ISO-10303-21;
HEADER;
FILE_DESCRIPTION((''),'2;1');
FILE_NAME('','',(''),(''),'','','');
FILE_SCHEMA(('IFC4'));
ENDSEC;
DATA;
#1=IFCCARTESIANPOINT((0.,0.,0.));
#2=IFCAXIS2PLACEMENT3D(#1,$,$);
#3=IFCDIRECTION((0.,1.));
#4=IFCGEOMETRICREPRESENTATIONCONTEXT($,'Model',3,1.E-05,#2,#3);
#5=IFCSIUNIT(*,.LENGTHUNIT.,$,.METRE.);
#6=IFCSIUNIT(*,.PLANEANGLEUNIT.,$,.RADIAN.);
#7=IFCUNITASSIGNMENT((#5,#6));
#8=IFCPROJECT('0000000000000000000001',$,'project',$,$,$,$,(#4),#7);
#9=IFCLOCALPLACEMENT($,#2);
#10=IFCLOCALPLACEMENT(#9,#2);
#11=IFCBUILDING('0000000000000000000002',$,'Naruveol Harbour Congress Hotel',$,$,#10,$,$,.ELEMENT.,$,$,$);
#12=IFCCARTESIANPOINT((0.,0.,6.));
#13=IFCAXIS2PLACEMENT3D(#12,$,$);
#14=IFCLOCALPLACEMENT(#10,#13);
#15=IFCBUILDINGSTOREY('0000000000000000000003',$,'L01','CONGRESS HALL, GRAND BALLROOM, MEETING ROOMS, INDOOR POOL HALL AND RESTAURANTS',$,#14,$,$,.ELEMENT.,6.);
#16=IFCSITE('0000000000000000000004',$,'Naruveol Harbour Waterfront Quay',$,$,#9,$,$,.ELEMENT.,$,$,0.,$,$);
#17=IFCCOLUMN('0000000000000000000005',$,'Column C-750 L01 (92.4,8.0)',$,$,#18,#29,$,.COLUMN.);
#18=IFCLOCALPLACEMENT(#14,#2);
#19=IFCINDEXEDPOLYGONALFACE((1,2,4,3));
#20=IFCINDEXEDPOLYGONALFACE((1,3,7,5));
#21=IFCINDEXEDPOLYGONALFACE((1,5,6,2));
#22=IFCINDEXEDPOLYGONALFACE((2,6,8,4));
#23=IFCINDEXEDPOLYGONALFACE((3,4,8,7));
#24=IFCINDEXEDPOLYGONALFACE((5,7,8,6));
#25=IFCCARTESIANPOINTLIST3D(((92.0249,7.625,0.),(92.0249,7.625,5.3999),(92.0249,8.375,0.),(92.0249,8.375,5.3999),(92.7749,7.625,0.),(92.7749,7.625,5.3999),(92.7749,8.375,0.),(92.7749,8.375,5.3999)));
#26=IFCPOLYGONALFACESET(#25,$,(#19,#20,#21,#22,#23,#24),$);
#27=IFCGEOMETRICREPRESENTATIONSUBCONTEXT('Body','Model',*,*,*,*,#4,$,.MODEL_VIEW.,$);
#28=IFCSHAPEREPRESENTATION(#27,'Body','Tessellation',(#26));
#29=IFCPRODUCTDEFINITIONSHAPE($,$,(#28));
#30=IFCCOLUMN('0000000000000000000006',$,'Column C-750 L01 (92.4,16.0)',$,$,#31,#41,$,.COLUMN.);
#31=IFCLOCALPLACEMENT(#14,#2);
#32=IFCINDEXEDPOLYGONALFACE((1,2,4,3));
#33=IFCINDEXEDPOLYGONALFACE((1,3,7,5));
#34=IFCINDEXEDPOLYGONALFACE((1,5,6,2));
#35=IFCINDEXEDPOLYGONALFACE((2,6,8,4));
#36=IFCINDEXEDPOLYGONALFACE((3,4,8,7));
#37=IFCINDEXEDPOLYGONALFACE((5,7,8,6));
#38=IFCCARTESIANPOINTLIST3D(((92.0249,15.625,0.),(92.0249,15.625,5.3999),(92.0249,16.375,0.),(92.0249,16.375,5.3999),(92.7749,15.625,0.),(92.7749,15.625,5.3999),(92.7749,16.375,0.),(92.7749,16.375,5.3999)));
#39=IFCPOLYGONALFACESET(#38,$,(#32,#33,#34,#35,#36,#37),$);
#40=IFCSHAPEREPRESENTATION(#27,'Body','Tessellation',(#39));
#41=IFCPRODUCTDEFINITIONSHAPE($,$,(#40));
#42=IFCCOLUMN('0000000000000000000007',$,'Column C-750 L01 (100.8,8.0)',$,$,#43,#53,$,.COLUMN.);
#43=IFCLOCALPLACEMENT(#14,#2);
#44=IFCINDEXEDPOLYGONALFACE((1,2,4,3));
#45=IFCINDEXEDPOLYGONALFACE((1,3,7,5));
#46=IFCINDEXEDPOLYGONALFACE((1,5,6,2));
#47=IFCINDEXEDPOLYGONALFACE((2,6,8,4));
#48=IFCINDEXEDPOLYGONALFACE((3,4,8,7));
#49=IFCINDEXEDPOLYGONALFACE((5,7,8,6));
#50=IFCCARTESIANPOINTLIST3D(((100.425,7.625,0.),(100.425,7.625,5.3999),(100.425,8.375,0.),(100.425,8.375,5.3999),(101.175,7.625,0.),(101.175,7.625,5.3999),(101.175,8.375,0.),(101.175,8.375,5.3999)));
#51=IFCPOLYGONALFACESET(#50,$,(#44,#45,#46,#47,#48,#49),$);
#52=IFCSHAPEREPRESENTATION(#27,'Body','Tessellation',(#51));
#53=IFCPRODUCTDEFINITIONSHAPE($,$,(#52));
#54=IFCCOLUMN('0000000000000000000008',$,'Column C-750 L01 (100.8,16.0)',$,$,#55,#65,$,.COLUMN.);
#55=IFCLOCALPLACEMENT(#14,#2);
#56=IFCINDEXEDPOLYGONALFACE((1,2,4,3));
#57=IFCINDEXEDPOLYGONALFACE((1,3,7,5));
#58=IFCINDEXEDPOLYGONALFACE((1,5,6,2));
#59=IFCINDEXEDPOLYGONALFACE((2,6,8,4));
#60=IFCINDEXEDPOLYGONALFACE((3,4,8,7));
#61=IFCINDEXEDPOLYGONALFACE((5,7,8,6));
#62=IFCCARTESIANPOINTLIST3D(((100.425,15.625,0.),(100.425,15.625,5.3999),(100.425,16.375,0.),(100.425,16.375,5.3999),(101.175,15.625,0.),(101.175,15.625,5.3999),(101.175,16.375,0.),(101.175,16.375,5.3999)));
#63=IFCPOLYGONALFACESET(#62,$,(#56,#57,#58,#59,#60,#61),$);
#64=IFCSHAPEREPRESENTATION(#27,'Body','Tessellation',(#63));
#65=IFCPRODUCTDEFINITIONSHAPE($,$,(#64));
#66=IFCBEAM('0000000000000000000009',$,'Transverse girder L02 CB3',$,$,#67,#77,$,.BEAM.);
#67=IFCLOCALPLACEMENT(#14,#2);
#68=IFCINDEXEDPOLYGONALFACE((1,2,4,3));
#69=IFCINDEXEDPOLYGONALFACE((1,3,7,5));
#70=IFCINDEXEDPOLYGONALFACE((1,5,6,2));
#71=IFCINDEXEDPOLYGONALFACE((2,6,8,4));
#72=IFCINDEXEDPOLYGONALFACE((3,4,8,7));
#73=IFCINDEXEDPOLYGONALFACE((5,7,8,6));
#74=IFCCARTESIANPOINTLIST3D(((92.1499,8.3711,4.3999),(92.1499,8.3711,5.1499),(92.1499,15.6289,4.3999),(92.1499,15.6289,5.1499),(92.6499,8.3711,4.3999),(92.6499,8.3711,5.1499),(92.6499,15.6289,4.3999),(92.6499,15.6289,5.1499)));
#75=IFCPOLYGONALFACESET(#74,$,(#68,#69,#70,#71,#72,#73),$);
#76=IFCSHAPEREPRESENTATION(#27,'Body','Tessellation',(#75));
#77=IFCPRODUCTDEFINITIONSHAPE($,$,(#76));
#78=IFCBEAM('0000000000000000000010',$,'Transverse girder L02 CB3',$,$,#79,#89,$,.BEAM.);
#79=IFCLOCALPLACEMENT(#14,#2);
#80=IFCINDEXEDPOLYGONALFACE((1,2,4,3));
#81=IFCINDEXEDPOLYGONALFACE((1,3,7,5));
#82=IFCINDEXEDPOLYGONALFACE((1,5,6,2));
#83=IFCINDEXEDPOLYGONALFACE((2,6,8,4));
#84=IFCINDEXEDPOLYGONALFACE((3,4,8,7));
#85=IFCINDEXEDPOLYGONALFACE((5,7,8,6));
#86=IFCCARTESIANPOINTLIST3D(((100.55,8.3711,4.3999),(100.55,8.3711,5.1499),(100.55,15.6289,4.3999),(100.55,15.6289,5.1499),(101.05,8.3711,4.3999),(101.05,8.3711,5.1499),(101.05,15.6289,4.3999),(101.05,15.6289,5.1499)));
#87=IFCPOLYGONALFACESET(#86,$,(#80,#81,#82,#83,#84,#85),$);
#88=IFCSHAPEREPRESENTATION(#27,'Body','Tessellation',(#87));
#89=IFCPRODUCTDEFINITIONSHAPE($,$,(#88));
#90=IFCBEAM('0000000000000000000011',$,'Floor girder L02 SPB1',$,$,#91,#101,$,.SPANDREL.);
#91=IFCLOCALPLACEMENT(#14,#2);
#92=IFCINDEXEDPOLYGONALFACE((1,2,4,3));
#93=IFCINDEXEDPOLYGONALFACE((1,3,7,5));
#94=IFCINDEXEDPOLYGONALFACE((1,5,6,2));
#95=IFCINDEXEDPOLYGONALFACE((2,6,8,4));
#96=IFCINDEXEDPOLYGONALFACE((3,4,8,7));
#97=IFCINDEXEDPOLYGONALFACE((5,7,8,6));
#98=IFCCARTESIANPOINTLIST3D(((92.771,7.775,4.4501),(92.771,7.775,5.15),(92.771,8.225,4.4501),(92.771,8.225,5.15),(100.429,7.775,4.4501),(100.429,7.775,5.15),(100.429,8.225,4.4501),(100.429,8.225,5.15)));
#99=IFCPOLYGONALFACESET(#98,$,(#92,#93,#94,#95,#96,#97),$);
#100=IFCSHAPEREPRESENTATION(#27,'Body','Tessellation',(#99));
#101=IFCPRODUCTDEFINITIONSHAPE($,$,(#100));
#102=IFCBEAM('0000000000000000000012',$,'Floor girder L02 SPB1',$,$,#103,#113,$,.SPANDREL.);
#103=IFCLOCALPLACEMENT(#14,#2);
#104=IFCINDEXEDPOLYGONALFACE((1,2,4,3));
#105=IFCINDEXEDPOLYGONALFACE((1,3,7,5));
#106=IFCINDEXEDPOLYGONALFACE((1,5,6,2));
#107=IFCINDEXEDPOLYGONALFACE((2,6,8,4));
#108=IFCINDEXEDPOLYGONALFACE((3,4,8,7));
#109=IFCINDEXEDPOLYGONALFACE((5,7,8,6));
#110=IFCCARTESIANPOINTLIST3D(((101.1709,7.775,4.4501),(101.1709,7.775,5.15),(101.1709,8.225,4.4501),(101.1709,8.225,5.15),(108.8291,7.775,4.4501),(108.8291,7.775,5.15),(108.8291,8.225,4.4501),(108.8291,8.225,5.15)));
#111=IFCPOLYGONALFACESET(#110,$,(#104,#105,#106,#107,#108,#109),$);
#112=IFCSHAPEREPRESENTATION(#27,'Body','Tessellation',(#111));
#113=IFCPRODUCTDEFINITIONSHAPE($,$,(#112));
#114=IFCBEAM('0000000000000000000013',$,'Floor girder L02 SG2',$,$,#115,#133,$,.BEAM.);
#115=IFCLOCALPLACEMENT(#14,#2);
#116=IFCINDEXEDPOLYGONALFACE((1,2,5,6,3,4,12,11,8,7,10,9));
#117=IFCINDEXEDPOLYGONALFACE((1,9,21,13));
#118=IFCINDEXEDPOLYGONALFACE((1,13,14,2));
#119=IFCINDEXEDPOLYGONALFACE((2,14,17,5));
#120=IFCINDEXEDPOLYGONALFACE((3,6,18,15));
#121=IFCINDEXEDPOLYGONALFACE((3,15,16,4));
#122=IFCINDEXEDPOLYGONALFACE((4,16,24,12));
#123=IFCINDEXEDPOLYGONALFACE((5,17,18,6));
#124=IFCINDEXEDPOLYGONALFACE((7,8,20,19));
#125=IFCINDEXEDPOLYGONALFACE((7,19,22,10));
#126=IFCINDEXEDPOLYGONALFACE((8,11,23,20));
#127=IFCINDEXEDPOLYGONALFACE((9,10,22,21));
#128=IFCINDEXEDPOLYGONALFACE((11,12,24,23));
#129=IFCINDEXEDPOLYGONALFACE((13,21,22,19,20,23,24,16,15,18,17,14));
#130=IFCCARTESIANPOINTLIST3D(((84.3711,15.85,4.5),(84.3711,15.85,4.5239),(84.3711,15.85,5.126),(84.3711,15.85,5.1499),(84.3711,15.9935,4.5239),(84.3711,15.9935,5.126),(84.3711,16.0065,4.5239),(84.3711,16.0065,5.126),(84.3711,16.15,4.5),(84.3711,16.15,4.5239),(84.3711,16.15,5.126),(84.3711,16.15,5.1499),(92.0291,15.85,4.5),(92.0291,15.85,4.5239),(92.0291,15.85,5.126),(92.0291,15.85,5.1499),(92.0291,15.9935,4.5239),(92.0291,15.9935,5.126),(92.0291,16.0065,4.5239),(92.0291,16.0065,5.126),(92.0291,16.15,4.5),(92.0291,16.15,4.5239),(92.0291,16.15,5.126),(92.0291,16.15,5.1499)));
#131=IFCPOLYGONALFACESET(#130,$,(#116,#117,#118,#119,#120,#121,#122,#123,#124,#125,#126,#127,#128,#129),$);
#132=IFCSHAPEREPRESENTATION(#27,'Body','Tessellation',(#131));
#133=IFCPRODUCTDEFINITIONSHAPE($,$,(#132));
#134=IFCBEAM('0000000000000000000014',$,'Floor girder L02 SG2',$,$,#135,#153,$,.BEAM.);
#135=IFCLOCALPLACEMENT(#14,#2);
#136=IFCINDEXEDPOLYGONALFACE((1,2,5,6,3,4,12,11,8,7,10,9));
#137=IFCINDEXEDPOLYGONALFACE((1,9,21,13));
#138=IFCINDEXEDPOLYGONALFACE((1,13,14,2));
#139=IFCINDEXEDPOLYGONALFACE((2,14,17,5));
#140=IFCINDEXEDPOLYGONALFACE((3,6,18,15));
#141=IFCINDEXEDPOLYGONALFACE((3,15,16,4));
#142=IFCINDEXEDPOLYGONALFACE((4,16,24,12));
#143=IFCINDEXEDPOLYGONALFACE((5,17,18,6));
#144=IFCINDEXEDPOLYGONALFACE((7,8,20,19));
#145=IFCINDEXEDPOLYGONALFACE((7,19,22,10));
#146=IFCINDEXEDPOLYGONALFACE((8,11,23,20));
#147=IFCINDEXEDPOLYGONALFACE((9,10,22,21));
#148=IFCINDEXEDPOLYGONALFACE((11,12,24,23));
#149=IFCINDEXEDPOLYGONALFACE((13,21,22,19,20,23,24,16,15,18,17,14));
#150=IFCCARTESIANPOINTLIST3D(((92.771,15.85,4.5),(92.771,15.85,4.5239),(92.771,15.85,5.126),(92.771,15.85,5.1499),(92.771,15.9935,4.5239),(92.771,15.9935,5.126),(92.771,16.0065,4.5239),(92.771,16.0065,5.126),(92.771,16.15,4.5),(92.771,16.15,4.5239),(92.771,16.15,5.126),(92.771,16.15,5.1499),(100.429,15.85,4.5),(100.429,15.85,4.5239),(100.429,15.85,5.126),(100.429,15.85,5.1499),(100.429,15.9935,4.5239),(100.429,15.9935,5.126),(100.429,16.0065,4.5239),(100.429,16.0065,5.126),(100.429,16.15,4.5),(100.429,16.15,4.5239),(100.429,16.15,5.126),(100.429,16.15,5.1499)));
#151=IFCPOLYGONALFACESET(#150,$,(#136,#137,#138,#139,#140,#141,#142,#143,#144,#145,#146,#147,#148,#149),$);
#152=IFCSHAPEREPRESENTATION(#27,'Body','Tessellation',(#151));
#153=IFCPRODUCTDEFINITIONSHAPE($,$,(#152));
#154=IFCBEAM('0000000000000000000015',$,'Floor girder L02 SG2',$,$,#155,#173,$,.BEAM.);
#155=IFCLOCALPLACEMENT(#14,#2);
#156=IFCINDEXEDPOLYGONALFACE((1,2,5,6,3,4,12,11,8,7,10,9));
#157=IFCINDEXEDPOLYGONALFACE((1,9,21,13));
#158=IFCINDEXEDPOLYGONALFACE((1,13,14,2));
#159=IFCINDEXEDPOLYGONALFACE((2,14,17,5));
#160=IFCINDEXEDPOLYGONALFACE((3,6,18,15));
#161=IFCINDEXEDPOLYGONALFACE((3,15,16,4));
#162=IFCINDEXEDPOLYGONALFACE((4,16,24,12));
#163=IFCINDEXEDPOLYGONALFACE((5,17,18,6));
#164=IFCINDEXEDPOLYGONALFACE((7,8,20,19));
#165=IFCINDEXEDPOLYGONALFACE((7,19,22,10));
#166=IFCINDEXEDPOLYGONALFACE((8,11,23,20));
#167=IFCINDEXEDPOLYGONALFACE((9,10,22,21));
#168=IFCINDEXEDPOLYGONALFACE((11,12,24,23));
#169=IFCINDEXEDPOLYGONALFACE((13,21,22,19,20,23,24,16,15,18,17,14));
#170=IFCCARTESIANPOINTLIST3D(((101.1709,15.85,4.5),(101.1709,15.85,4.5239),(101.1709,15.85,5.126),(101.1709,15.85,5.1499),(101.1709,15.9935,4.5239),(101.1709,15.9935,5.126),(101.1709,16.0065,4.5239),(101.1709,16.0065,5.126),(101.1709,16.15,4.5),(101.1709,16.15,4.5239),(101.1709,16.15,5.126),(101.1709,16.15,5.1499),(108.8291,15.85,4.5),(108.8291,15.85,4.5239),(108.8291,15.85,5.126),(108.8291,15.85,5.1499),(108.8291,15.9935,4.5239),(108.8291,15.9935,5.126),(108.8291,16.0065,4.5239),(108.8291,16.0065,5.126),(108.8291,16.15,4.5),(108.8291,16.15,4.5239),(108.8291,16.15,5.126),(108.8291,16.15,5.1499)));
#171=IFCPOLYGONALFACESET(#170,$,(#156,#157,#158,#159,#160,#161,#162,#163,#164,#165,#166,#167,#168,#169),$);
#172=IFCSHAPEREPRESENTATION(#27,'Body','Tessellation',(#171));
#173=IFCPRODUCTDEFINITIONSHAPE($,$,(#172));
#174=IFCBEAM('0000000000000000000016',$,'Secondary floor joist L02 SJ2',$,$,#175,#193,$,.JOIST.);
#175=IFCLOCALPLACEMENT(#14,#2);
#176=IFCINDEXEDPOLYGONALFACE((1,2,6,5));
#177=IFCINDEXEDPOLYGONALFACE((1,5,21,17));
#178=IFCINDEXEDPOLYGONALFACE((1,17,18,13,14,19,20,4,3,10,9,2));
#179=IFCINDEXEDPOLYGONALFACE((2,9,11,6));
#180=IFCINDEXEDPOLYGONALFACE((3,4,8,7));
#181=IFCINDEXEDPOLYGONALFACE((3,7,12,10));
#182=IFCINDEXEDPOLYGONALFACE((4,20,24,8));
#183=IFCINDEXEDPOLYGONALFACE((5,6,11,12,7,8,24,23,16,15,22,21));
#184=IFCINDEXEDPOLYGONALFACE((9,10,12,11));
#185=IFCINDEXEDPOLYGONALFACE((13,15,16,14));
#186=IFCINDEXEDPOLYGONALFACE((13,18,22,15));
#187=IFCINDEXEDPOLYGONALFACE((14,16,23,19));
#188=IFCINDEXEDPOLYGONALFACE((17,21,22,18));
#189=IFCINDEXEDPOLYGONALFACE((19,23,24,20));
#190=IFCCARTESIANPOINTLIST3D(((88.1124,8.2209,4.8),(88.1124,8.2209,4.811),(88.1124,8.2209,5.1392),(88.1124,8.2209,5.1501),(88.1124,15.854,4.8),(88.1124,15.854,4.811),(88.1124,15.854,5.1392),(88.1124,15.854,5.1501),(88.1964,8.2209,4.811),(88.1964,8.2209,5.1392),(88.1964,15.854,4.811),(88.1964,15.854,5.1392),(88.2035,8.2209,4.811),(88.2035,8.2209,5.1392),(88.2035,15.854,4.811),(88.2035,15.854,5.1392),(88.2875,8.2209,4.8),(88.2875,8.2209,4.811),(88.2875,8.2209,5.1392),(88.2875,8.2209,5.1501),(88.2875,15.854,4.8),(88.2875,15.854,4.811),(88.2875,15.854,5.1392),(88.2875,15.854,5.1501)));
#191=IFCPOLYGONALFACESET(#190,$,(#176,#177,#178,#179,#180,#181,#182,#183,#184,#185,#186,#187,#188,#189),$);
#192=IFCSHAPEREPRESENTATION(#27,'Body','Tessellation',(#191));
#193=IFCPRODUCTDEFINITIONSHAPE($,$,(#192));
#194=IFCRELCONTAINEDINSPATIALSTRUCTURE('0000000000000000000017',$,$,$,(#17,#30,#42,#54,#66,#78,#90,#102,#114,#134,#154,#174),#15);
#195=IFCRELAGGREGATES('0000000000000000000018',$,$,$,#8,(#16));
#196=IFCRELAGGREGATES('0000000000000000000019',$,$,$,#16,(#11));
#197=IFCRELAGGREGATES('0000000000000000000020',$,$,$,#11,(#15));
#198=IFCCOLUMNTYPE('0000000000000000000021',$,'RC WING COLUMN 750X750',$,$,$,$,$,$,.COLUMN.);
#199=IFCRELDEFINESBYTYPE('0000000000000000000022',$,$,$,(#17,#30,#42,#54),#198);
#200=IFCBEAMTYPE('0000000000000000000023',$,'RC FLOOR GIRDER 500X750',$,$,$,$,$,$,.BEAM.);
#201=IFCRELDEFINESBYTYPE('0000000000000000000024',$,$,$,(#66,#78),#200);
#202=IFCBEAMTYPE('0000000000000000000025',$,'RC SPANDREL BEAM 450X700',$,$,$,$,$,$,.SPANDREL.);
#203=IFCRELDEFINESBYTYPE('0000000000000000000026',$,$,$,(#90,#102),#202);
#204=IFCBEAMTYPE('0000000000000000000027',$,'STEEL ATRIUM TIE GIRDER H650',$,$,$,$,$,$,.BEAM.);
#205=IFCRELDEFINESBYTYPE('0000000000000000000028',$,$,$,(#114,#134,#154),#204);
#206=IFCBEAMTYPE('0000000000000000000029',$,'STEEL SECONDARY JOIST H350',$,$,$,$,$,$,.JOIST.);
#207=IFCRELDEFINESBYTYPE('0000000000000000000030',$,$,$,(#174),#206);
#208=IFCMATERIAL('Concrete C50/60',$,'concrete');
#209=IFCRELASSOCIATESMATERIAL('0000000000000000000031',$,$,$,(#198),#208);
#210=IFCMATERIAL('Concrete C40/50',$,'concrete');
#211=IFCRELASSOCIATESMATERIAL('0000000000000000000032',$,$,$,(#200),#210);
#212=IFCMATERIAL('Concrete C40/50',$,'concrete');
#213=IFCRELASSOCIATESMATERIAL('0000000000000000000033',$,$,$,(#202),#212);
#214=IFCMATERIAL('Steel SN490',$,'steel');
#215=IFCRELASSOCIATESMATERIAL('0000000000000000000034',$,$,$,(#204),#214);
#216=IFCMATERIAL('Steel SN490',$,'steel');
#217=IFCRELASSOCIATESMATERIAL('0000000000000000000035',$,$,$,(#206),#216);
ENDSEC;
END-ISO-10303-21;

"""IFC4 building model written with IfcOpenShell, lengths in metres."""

from ifc_helpers import new_model, si_unit, direction, frame, origin, origin_2d, place, context, subcontext, project, spatial, rectangle, i_section, extrude, material, material_profile, profile_set, type_object, element, save


model = new_model("IFC4")

# Units and contexts
model_context = context("Model", 3, precision=1e-05, world=origin(), true_north=direction((0.0, 1.0)))
body_context = subcontext(model_context, "Body", "Model", "MODEL_VIEW")
ifc_project = project(units=[si_unit("LENGTHUNIT", "METRE"), si_unit("PLANEANGLEUNIT", "RADIAN")], contexts=[model_context])

# Site, building, storey
site_placement = place(None, origin())
site = spatial("IfcSite", under=ifc_project, at=site_placement, Name="Naruveol Harbour Waterfront Quay", CompositionType="ELEMENT", RefElevation=0.0)
building_placement = place(site_placement, origin())
building = spatial("IfcBuilding", under=site, at=building_placement, Name="Naruveol Harbour Congress Hotel", CompositionType="ELEMENT")
storey_placement = place(building_placement, frame((0.0, 0.0, 6.0)))
storey = spatial("IfcBuildingStorey", under=building, at=storey_placement, Name="L01", Description="CONGRESS HALL, GRAND BALLROOM, MEETING ROOMS, INDOOR POOL HALL AND RESTAURANTS", CompositionType="ELEMENT", Elevation=6.0)

# Columns
ifc_material_1 = material(Name="Concrete C50/60", Category="concrete")
ifc_material_profile_1 = material_profile(ifc_material_1, rectangle(XDim=0.75, YDim=0.75, at=origin_2d()), Name="RC-750x750")
ifc_profile_set_1 = profile_set([ifc_material_profile_1], Name="Concrete C50/60")
column_type = type_object("IfcColumnType", Name="RC WING COLUMN 750X750", PredefinedType="COLUMN", material=ifc_profile_set_1)
for number, where, z_axis, x_axis, name in (
    (1, (92.3999, 8.0, 0.0), (0.0, 0.0, 1.0), (1.0, 0.0, 0.0), "Column C-750 L01 (92.4,8.0)"),
    (2, (92.3999, 16.0, 0.0), (0.0, 0.0, 1.0), (1.0, 0.0, 0.0), "Column C-750 L01 (92.4,16.0)"),
    (3, (100.8, 8.0, 0.0), (0.0, 0.0, 1.0), (1.0, 0.0, 0.0), "Column C-750 L01 (100.8,8.0)"),
    (4, (100.8, 16.0, 0.0), (0.0, 0.0, 1.0), (1.0, 0.0, 0.0), "Column C-750 L01 (100.8,16.0)"),
):
    element("IfcColumn", number, at=place(storey_placement, frame(where, z_axis=z_axis, x_axis=x_axis)), inside=storey, type_object=column_type, Name=name, PredefinedType="COLUMN", context=body_context, shape_type="SweptSolid", body=[
        extrude(rectangle(XDim=0.75, YDim=0.75, at=origin_2d()), origin(), (0.0, 0.0, 1.0), 5.3999),
    ])

# Beams
ifc_material_2 = material(Name="Concrete C40/50", Category="concrete")
ifc_material_profile_2 = material_profile(ifc_material_2, rectangle(XDim=0.5, YDim=0.75, at=origin_2d()), Name="RCB-500x750")
ifc_profile_set_2 = profile_set([ifc_material_profile_2], Name="Concrete C40/50")
beam_type_1 = type_object("IfcBeamType", Name="RC FLOOR GIRDER 500X750", PredefinedType="BEAM", material=ifc_profile_set_2)
for number, where, z_axis, x_axis, name in (
    (5, (92.3999, 8.3711, 4.7749), (0.0, 1.0, 0.0), (-1.0, 0.0, 0.0), "Transverse girder L02 CB3"),
    (6, (100.8, 8.3711, 4.7749), (0.0, 1.0, 0.0), (-1.0, 0.0, 0.0), "Transverse girder L02 CB3"),
):
    element("IfcBeam", number, at=place(storey_placement, frame(where, z_axis=z_axis, x_axis=x_axis)), inside=storey, type_object=beam_type_1, Name=name, PredefinedType="BEAM", context=body_context, shape_type="SweptSolid", body=[
        extrude(rectangle(XDim=0.5, YDim=0.75, at=origin_2d()), origin(), (0.0, 0.0, 1.0), 7.2578),
    ])
ifc_material_3 = material(Name="Concrete C40/50", Category="concrete")
ifc_material_profile_3 = material_profile(ifc_material_3, rectangle(XDim=0.45, YDim=0.7, at=origin_2d()), Name="RCB-450x700")
ifc_profile_set_3 = profile_set([ifc_material_profile_3], Name="Concrete C40/50")
beam_type_2 = type_object("IfcBeamType", Name="RC SPANDREL BEAM 450X700", PredefinedType="SPANDREL", material=ifc_profile_set_3)
beam_1_placement = place(storey_placement, frame((92.771, 8.0, 4.8), z_axis=(1.0, 0.0, 0.0), x_axis=(0.0, 1.0, 0.0)))
element("IfcBeam", 7, at=beam_1_placement, inside=storey, type_object=beam_type_2, Name="Floor girder L02 SPB1", PredefinedType="SPANDREL", context=body_context, shape_type="SweptSolid", body=[
    extrude(rectangle(XDim=0.45, YDim=0.7, at=origin_2d()), origin(), (0.0, 0.0, 1.0), 7.658),
])
beam_2_placement = place(storey_placement, frame((101.1709, 8.0, 4.8), z_axis=(1.0, 0.0, 0.0), x_axis=(0.0, 1.0, 0.0)))
element("IfcBeam", 8, at=beam_2_placement, inside=storey, type_object=beam_type_2, Name="Floor girder L02 SPB1", PredefinedType="SPANDREL", context=body_context, shape_type="SweptSolid", body=[
    extrude(rectangle(XDim=0.45, YDim=0.7, at=origin_2d()), origin(), (0.0, 0.0, 1.0), 7.6582),
])
ifc_material_4 = material(Name="Steel SN490", Category="steel")
ifc_material_profile_4 = material_profile(ifc_material_4, i_section(OverallWidth=0.3, OverallDepth=0.6499, WebThickness=0.0129, FlangeThickness=0.0239, at=origin_2d()), Name="H-650x300x13x24")
ifc_profile_set_4 = profile_set([ifc_material_profile_4], Name="Steel SN490")
beam_type_3 = type_object("IfcBeamType", Name="STEEL ATRIUM TIE GIRDER H650", PredefinedType="BEAM", material=ifc_profile_set_4)
for number, where, z_axis, x_axis, name in (
    (9, (84.3711, 16.0, 4.825), (1.0, 0.0, 0.0), (0.0, 1.0, 0.0), "Floor girder L02 SG2"),
    (10, (92.771, 16.0, 4.825), (1.0, 0.0, 0.0), (0.0, 1.0, 0.0), "Floor girder L02 SG2"),
):
    element("IfcBeam", number, at=place(storey_placement, frame(where, z_axis=z_axis, x_axis=x_axis)), inside=storey, type_object=beam_type_3, Name=name, PredefinedType="BEAM", context=body_context, shape_type="SweptSolid", body=[
        extrude(i_section(OverallWidth=0.3, OverallDepth=0.6499, WebThickness=0.0129, FlangeThickness=0.0239, at=origin_2d()), origin(), (0.0, 0.0, 1.0), 7.658),
    ])
beam_3_placement = place(storey_placement, frame((101.1709, 16.0, 4.825), z_axis=(1.0, 0.0, 0.0), x_axis=(0.0, 1.0, 0.0)))
element("IfcBeam", 11, at=beam_3_placement, inside=storey, type_object=beam_type_3, Name="Floor girder L02 SG2", PredefinedType="BEAM", context=body_context, shape_type="SweptSolid", body=[
    extrude(i_section(OverallWidth=0.3, OverallDepth=0.6499, WebThickness=0.0129, FlangeThickness=0.0239, at=origin_2d()), origin(), (0.0, 0.0, 1.0), 7.6582),
])
ifc_material_5 = material(Name="Steel SN490", Category="steel")
ifc_material_profile_5 = material_profile(ifc_material_5, i_section(OverallWidth=0.175, OverallDepth=0.3501, WebThickness=0.0071, FlangeThickness=0.011, at=origin_2d()), Name="H-350x175x7x11")
ifc_profile_set_5 = profile_set([ifc_material_profile_5], Name="Steel SN490")
beam_type_4 = type_object("IfcBeamType", Name="STEEL SECONDARY JOIST H350", PredefinedType="JOIST", material=ifc_profile_set_5)
for number, where, z_axis, x_axis, name in (
    (12, (88.2, 8.2209, 4.9751), (0.0, 1.0, 0.0), (-1.0, 0.0, 0.0), "Secondary floor joist L02 SJ2"),
):
    element("IfcBeam", number, at=place(storey_placement, frame(where, z_axis=z_axis, x_axis=x_axis)), inside=storey, type_object=beam_type_4, Name=name, PredefinedType="JOIST", context=body_context, shape_type="SweptSolid", body=[
        extrude(i_section(OverallWidth=0.175, OverallDepth=0.3501, WebThickness=0.0071, FlangeThickness=0.011, at=origin_2d()), origin(), (0.0, 0.0, 1.0), 7.6331),
    ])

save(model, "model.ifc")
